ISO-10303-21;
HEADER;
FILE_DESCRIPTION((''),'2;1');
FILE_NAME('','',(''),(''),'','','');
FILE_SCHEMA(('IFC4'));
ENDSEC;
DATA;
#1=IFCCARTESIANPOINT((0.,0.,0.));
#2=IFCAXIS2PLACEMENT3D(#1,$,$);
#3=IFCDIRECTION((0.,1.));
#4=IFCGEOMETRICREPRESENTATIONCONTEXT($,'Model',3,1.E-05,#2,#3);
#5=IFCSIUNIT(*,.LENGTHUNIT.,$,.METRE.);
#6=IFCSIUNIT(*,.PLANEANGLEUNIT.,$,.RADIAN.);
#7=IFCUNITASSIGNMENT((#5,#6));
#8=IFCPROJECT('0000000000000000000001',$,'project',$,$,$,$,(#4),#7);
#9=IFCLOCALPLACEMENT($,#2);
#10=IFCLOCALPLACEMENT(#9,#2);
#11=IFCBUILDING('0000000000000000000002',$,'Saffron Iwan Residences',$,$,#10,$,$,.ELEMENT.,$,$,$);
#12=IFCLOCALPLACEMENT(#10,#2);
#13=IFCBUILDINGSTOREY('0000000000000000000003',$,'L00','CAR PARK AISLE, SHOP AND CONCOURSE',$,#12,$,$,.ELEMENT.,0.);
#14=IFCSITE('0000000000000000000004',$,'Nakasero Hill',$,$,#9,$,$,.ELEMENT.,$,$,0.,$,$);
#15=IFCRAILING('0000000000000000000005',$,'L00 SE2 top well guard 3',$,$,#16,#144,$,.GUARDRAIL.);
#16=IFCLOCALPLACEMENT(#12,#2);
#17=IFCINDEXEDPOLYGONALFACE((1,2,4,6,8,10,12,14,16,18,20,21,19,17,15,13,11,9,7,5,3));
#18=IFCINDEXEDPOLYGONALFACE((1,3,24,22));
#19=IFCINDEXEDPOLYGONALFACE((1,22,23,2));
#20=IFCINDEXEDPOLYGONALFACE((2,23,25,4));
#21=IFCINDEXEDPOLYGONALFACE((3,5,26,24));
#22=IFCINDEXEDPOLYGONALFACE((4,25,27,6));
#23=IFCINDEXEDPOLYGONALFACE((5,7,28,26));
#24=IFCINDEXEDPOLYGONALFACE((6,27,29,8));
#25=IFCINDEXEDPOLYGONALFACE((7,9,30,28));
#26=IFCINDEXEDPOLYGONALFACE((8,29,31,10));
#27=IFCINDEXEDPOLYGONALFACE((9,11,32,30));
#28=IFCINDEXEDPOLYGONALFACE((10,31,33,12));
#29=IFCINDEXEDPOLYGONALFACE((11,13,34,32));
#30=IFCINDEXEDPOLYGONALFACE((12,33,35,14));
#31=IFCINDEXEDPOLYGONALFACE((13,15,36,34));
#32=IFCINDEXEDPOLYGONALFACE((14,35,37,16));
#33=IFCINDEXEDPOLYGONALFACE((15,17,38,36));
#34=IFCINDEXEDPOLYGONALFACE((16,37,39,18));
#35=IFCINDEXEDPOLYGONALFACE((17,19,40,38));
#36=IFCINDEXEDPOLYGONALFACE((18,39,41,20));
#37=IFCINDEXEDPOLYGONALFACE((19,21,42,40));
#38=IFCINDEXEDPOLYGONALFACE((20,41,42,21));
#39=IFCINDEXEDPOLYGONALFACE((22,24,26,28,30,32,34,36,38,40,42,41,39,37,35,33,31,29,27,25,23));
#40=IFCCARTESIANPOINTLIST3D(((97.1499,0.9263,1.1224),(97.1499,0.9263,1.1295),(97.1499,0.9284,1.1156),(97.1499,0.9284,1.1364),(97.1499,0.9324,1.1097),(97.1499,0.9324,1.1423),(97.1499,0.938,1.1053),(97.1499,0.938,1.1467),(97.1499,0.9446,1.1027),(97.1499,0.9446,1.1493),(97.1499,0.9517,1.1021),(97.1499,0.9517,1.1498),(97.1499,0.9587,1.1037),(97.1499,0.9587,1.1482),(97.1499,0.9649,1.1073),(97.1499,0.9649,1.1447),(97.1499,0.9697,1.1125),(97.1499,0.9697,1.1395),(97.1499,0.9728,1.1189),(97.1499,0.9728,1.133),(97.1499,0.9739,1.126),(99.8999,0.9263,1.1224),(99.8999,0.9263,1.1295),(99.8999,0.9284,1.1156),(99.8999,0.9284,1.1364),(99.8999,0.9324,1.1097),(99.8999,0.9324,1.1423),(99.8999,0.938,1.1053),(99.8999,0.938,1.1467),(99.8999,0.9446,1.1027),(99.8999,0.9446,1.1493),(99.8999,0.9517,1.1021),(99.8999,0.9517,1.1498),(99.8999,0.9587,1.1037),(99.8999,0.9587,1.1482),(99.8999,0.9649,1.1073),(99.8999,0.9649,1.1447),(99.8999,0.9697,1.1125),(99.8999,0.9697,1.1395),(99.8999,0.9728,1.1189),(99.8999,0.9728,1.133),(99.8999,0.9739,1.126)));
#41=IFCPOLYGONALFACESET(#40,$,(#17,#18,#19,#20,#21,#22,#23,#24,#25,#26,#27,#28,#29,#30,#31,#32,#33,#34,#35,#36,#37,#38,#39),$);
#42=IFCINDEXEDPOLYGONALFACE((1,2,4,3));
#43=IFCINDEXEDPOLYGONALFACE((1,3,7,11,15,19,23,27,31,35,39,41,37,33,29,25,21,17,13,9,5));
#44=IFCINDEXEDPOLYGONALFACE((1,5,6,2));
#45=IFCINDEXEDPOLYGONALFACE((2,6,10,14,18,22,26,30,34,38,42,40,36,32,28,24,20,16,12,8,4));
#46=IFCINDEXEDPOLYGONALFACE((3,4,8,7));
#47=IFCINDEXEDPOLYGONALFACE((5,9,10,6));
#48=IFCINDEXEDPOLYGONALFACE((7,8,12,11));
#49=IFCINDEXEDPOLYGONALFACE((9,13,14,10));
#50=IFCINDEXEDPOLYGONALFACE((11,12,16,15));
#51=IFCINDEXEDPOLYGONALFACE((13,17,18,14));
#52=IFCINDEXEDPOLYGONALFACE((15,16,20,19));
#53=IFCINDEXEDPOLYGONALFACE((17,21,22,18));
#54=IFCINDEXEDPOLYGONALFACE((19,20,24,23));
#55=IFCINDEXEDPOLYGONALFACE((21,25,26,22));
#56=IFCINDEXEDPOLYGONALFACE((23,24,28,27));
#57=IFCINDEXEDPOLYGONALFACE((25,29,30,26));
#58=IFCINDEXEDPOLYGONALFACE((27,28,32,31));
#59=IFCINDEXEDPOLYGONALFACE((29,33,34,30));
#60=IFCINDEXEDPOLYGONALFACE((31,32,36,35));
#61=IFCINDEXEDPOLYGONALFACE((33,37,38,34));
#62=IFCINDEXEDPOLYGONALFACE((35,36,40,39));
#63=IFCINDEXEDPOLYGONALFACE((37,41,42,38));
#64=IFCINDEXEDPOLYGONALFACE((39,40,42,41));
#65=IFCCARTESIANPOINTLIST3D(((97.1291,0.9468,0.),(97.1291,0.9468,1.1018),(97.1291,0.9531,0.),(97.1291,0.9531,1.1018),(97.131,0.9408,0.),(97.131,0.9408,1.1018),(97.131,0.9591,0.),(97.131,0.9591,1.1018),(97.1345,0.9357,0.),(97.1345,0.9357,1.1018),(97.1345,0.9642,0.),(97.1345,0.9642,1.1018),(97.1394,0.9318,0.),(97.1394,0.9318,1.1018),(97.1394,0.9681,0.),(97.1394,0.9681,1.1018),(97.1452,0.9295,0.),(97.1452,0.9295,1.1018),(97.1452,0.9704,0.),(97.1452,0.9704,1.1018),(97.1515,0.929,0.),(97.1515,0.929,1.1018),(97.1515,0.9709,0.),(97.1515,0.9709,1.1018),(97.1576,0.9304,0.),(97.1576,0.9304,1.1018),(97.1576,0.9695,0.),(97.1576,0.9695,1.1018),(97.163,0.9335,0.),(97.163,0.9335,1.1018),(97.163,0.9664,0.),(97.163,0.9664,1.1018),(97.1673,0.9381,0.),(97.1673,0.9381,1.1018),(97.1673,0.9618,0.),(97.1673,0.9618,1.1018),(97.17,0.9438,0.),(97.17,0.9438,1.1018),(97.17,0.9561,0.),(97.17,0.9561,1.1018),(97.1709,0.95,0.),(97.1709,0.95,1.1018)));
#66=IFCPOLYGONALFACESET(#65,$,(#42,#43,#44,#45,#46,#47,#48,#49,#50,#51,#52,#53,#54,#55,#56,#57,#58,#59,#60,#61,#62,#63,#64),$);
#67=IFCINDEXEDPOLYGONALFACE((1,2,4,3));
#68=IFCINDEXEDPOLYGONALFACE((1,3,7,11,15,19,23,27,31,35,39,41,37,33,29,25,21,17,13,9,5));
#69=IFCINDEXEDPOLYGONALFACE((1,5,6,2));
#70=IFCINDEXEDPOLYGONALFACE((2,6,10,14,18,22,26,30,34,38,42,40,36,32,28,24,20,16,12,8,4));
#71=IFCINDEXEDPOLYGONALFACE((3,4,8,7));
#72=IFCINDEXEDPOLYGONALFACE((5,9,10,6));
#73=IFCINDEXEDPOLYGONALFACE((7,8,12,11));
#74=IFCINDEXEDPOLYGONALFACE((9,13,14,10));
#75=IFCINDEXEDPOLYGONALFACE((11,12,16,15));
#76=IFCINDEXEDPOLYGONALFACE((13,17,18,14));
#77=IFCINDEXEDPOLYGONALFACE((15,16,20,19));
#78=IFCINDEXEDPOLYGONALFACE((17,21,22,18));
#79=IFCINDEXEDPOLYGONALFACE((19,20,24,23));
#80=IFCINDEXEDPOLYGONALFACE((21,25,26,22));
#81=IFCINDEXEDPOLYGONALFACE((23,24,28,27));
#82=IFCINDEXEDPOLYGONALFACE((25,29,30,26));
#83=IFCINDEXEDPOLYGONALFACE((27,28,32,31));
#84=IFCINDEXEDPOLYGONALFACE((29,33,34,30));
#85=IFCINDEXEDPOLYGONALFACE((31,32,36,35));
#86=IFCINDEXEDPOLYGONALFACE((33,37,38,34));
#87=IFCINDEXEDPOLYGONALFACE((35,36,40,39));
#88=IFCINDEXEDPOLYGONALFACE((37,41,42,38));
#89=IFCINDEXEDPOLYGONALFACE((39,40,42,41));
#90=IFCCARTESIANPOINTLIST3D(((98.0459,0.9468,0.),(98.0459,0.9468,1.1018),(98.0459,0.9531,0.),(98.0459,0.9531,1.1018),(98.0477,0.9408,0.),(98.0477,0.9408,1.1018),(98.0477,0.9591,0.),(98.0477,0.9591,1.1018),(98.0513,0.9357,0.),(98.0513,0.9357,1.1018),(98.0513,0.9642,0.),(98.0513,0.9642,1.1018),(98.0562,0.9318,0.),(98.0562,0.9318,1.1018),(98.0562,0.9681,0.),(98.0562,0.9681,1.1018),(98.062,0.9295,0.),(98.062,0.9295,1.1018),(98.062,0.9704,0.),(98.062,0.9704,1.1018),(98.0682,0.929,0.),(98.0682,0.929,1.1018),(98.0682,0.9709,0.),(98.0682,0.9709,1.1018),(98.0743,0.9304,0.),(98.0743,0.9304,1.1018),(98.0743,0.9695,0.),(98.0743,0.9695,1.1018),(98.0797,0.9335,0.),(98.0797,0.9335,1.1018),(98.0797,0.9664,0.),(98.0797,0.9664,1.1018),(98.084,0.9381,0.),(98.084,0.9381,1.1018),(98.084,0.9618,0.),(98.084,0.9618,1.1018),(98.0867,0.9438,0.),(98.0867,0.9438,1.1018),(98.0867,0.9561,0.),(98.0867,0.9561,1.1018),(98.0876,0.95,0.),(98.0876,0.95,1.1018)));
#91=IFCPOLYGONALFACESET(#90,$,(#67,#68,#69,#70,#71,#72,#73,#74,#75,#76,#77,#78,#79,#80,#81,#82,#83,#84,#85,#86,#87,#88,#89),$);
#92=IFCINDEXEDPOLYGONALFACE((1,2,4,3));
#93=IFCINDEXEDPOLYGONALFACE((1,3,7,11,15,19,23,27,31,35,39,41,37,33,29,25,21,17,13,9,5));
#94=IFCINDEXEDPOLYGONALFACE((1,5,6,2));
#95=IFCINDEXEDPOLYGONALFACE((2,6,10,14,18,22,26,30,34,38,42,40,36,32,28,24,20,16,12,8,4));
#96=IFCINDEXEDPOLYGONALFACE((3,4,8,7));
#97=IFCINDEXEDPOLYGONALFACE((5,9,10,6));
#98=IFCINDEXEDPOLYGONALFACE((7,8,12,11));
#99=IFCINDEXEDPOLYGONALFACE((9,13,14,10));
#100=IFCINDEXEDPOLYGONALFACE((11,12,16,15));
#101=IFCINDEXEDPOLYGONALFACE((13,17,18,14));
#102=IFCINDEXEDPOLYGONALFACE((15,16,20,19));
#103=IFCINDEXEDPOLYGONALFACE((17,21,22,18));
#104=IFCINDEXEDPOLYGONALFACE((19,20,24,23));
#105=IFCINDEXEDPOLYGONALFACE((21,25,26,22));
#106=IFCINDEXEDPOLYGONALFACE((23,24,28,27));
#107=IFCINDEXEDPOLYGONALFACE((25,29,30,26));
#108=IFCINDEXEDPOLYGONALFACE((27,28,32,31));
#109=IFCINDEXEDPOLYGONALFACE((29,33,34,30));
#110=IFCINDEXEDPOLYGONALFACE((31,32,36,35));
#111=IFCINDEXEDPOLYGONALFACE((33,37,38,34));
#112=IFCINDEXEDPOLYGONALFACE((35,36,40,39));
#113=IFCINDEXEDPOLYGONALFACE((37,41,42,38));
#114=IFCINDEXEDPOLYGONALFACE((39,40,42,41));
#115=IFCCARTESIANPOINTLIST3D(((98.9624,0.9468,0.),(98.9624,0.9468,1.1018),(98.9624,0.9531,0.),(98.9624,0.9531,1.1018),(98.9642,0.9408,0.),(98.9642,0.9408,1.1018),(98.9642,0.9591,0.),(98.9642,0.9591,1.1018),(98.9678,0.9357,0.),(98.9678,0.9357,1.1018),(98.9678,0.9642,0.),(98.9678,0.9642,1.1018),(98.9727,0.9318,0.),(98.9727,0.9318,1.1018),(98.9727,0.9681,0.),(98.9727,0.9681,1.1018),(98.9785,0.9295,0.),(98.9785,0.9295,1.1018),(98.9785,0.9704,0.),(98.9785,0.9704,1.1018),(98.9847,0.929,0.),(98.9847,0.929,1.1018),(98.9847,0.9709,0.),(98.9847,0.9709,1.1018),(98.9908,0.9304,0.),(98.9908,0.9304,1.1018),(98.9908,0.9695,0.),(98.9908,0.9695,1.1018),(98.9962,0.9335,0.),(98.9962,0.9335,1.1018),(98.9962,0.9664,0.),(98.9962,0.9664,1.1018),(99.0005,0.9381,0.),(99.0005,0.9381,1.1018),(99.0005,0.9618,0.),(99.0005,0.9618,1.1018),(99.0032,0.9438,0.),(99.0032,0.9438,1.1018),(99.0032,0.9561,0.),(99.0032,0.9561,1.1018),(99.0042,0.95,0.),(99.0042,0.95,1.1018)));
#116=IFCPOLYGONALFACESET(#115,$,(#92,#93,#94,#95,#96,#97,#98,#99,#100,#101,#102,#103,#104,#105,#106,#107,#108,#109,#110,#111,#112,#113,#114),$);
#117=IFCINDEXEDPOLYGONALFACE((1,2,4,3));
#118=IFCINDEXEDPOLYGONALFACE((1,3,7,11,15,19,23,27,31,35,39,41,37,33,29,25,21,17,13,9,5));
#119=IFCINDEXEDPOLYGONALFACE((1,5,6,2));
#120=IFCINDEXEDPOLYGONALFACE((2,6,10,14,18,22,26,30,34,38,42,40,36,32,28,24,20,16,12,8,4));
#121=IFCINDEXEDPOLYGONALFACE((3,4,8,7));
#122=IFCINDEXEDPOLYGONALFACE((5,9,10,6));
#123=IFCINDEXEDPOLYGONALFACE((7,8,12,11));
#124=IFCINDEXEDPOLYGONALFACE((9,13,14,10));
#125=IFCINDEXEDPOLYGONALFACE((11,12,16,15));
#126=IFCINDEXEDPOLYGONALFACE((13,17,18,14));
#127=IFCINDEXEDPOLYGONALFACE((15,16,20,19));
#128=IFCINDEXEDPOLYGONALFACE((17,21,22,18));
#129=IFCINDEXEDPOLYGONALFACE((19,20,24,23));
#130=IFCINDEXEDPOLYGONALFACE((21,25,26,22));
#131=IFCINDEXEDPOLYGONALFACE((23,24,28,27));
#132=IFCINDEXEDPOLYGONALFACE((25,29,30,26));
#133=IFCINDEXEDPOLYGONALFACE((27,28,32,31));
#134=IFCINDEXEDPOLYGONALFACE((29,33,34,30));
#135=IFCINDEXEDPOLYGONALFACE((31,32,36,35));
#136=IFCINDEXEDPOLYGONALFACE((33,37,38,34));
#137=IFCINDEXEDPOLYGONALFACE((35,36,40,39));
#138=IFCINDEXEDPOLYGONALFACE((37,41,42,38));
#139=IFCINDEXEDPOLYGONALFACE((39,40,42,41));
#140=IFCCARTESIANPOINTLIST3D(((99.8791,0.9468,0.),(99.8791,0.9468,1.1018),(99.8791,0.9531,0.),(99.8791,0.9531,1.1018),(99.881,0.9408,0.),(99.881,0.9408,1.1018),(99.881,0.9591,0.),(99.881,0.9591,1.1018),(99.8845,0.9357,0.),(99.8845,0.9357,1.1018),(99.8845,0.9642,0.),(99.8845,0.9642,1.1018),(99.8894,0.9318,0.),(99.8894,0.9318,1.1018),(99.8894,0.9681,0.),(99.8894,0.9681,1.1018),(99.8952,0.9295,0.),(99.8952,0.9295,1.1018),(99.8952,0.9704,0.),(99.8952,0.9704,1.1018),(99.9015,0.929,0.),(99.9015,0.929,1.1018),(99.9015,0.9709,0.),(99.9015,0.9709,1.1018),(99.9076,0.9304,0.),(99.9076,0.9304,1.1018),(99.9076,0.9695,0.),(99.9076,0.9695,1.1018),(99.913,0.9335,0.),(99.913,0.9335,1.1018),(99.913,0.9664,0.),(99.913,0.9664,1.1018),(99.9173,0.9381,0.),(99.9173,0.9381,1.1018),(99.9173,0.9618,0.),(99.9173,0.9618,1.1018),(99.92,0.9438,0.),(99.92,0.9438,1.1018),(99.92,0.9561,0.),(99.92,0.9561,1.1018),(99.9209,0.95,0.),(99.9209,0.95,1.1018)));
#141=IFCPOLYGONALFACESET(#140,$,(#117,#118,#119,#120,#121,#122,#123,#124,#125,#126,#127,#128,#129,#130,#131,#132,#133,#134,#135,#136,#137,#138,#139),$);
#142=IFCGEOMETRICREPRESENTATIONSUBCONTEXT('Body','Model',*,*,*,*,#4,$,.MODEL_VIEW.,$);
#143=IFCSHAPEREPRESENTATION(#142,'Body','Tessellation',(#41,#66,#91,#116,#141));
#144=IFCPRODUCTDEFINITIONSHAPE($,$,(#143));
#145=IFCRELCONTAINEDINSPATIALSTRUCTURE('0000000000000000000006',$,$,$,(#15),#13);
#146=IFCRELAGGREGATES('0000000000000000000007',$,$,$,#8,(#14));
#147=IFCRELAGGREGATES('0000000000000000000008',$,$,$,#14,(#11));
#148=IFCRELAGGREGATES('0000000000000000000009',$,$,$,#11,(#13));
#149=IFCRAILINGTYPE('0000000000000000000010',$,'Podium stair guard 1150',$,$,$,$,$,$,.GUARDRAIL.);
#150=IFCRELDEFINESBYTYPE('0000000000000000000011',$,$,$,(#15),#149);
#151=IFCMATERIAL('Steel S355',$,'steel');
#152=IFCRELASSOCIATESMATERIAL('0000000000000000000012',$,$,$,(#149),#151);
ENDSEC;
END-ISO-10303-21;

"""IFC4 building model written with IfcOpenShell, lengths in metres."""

from ifc_helpers import new_model, si_unit, direction, frame, origin, origin_2d, place, context, subcontext, project, spatial, circle, extrude, material, type_object, element, save


model = new_model("IFC4")

# Units and contexts
model_context = context("Model", 3, precision=1e-05, world=origin(), true_north=direction((0.0, 1.0)))
body_context = subcontext(model_context, "Body", "Model", "MODEL_VIEW")
ifc_project = project(units=[si_unit("LENGTHUNIT", "METRE"), si_unit("PLANEANGLEUNIT", "RADIAN")], contexts=[model_context])

# Site, building, storey
site_placement = place(None, origin())
site = spatial("IfcSite", under=ifc_project, at=site_placement, Name="Nakasero Hill", CompositionType="ELEMENT", RefElevation=0.0)
building_placement = place(site_placement, origin())
building = spatial("IfcBuilding", under=site, at=building_placement, Name="Saffron Iwan Residences", CompositionType="ELEMENT")
storey_placement = place(building_placement, origin())
storey = spatial("IfcBuildingStorey", under=building, at=storey_placement, Name="L00", Description="CAR PARK AISLE, SHOP AND CONCOURSE", CompositionType="ELEMENT", Elevation=0.0)

# Railing
ifc_material_1 = material(Name="Steel S355", Category="steel")
railing_type = type_object("IfcRailingType", Name="Podium stair guard 1150", PredefinedType="GUARDRAIL", material=ifc_material_1)
railing_1_placement = place(storey_placement, frame((97.1499, 0.95, 0.0)))
element("IfcRailing", 1, at=railing_1_placement, inside=storey, type_object=railing_type, Name="L00 SE2 top well guard 3", PredefinedType="GUARDRAIL", context=body_context, shape_type="SweptSolid", body=[
    extrude(circle(Radius=0.0239, at=origin_2d()), frame((0.0, 0.0, 1.126), z_axis=(1.0, 0.0, 0.0), x_axis=(0.0, 1.0, 0.0)), (0.0, 0.0, 1.0), 2.75),
    extrude(circle(Radius=0.021, at=origin_2d()), origin(), (0.0, 0.0, 1.0), 1.1018),
    extrude(circle(Radius=0.021, at=origin_2d()), frame((0.9167, 0.0, 0.0)), (0.0, 0.0, 1.0), 1.1018),
    extrude(circle(Radius=0.021, at=origin_2d()), frame((1.8333, 0.0, 0.0)), (0.0, 0.0, 1.0), 1.1018),
    extrude(circle(Radius=0.021, at=origin_2d()), frame((2.75, 0.0, 0.0)), (0.0, 0.0, 1.0), 1.1018),
])

save(model, "model.ifc")
